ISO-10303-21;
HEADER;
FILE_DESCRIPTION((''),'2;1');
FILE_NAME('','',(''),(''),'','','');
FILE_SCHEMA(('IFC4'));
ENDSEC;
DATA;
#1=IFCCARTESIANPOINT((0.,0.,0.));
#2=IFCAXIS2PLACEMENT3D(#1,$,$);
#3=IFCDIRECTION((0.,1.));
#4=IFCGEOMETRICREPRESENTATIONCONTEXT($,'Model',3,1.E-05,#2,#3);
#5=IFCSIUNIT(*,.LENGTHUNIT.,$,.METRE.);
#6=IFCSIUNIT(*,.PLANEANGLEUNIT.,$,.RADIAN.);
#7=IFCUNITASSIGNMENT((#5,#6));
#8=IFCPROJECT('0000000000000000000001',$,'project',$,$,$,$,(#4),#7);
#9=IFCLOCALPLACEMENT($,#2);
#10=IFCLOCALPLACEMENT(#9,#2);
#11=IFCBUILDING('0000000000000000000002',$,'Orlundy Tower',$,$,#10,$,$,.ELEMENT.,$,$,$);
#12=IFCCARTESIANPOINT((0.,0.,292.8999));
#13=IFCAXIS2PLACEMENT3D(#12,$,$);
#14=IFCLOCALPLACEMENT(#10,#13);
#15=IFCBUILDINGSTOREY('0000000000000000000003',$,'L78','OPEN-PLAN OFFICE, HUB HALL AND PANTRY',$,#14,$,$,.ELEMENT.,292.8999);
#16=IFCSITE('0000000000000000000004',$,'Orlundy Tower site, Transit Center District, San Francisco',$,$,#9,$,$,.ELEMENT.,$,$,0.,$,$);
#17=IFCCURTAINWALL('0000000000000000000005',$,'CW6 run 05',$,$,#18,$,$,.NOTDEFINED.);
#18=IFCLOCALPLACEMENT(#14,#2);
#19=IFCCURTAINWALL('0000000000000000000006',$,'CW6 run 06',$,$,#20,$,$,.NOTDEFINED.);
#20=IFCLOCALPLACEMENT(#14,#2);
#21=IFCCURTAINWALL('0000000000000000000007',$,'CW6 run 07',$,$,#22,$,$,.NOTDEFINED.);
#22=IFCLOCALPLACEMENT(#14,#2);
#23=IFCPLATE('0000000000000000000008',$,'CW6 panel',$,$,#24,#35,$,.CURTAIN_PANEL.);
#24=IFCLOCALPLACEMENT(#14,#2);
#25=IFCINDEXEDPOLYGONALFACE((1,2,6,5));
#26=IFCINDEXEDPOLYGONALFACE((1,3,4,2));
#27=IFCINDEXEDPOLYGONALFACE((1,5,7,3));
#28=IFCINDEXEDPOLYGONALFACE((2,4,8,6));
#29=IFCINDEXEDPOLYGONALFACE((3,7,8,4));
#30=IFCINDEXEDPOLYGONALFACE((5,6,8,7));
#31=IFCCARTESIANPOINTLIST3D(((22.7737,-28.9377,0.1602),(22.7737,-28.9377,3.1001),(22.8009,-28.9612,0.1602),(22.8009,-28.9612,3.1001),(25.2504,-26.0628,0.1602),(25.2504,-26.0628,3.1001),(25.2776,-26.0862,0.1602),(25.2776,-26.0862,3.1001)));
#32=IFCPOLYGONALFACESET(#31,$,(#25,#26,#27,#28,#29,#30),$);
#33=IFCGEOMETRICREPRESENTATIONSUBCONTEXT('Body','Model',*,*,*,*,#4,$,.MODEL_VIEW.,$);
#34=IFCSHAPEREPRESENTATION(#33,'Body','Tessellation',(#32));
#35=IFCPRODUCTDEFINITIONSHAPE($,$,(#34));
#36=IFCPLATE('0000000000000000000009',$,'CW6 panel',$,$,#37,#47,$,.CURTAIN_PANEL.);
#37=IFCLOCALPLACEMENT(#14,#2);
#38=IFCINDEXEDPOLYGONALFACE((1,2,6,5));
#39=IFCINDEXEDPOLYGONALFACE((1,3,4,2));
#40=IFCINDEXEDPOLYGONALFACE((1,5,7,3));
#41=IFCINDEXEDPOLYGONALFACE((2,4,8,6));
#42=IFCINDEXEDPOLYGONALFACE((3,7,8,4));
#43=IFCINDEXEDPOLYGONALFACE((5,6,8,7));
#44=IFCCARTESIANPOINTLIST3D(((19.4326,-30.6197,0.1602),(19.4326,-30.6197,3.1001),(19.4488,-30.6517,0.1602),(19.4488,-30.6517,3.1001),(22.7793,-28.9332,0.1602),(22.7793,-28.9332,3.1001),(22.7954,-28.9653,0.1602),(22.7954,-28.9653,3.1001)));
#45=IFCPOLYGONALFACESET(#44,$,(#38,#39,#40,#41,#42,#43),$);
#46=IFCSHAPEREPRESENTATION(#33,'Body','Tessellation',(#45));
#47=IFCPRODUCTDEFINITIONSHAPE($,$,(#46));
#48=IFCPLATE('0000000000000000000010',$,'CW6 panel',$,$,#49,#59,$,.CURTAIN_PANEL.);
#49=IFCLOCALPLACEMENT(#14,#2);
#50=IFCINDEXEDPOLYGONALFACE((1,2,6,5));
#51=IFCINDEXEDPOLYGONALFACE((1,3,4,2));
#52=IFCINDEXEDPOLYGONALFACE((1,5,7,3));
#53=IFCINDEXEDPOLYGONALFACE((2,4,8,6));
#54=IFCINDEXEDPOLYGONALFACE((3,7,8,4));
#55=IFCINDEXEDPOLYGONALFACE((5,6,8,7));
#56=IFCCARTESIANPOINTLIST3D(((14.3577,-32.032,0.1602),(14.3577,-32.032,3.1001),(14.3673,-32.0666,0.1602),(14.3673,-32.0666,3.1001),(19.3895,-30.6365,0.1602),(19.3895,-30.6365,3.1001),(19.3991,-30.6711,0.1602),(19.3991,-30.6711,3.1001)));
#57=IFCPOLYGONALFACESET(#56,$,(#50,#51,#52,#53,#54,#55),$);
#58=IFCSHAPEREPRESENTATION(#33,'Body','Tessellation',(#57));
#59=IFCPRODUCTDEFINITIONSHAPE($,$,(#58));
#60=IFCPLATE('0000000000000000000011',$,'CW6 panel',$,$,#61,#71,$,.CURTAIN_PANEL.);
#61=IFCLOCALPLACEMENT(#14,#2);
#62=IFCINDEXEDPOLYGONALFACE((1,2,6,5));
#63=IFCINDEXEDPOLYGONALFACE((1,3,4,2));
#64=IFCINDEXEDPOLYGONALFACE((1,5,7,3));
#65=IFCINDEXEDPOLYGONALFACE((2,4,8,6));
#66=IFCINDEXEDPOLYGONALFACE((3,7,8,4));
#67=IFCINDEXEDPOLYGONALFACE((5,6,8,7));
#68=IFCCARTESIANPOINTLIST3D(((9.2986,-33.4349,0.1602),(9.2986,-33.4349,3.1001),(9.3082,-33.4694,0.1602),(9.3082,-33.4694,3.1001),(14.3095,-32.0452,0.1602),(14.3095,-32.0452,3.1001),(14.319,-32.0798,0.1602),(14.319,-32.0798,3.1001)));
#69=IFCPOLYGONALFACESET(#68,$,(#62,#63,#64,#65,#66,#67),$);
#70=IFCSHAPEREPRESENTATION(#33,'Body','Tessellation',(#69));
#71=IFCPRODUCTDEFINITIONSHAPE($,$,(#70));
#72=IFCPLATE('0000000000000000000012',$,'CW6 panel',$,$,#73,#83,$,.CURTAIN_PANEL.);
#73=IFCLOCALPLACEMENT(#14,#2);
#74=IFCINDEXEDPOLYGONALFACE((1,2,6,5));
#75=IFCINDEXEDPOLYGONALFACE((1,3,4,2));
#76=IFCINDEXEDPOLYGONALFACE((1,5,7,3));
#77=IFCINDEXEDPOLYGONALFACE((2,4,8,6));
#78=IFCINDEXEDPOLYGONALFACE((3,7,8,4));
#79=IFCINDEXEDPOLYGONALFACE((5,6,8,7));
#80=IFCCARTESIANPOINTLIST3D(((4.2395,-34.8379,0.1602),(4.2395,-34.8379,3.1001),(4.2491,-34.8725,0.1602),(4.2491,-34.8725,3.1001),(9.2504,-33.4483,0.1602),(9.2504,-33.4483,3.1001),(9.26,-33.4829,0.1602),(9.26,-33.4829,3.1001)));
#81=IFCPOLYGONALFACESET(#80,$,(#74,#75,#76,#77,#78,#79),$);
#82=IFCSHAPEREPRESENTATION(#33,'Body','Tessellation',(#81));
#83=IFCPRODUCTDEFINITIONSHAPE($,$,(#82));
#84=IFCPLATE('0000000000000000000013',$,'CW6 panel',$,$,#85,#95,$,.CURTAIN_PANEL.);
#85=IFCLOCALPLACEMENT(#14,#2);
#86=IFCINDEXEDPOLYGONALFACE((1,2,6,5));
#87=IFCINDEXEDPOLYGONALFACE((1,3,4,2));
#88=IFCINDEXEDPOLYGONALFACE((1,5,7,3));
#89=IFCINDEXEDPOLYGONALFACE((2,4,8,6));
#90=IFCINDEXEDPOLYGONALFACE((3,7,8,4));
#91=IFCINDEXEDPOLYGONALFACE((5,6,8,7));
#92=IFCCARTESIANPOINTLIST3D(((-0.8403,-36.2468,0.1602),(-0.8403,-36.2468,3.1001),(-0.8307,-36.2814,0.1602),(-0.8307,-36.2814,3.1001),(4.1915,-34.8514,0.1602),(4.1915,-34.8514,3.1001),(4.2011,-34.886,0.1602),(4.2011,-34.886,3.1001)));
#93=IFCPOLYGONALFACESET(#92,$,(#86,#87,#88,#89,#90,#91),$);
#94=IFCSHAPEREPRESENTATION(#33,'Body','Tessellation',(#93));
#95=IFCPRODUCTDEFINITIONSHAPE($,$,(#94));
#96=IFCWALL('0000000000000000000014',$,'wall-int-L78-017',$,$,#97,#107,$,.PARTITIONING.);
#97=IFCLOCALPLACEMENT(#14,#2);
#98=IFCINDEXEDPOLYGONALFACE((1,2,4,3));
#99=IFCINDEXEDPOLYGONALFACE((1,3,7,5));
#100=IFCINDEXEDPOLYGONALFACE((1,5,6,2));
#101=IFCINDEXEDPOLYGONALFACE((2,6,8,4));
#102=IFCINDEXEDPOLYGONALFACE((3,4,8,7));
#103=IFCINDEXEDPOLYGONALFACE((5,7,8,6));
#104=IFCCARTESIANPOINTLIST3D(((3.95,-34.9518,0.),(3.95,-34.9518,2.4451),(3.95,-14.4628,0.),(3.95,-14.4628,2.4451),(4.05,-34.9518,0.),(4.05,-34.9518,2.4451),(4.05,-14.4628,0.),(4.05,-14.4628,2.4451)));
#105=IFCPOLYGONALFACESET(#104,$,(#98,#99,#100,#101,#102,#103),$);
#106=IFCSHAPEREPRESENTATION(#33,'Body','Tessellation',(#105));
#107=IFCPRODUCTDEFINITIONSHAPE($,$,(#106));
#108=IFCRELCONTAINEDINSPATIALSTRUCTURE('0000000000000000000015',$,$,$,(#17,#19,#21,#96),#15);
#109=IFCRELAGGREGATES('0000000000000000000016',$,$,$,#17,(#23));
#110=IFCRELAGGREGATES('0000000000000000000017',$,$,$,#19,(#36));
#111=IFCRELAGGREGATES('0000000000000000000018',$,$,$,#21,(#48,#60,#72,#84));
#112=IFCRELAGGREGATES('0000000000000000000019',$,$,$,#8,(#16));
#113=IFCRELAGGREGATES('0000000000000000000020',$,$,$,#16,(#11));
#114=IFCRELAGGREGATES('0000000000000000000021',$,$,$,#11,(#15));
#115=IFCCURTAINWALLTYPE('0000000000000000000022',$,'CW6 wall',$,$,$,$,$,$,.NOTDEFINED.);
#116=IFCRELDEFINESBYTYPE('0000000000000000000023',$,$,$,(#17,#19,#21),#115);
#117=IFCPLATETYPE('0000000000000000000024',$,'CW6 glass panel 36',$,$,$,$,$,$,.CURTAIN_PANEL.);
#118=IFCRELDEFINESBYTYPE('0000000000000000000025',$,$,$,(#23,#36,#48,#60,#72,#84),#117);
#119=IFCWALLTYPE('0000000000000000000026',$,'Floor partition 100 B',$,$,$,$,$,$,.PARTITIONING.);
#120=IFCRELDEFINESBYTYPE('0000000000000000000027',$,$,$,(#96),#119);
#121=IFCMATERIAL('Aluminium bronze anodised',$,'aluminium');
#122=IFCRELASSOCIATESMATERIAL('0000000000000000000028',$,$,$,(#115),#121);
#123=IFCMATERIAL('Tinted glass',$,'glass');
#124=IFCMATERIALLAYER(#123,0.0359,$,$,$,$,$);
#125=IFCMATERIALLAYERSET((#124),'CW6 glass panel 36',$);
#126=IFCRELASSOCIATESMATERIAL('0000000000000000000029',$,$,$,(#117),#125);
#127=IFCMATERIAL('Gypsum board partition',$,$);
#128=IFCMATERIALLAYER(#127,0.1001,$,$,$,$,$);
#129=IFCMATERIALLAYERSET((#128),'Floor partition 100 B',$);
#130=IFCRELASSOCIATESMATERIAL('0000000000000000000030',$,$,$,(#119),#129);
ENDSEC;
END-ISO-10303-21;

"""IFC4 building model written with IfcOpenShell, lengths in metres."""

from ifc_helpers import new_model, si_unit, direction, frame, frame_2d, origin, origin_2d, place, context, subcontext, project, spatial, rectangle, extrude, material, layer, layer_set, type_object, element, aggregate, save


model = new_model("IFC4")

# Units and contexts
model_context = context("Model", 3, precision=1e-05, world=origin(), true_north=direction((0.0, 1.0)))
body_context = subcontext(model_context, "Body", "Model", "MODEL_VIEW")
ifc_project = project(units=[si_unit("LENGTHUNIT", "METRE"), si_unit("PLANEANGLEUNIT", "RADIAN")], contexts=[model_context])

# Site, building, storey
site_placement = place(None, origin())
site = spatial("IfcSite", under=ifc_project, at=site_placement, Name="Orlundy Tower site, Transit Center District, San Francisco", CompositionType="ELEMENT", RefElevation=0.0)
building_placement = place(site_placement, origin())
building = spatial("IfcBuilding", under=site, at=building_placement, Name="Orlundy Tower", CompositionType="ELEMENT")
storey_placement = place(building_placement, frame((0.0, 0.0, 292.8999)))
storey = spatial("IfcBuildingStorey", under=building, at=storey_placement, Name="L78", Description="OPEN-PLAN OFFICE, HUB HALL AND PANTRY", CompositionType="ELEMENT", Elevation=292.8999)

# Curtain walls
ifc_material_1 = material(Name="Aluminium bronze anodised", Category="aluminium")
curtain_wall_type = type_object("IfcCurtainWallType", Name="CW6 wall", PredefinedType="NOTDEFINED", material=ifc_material_1)
curtain_wall_1_placement = place(storey_placement, origin())
curtain_wall_1 = element("IfcCurtainWall", 1, at=curtain_wall_1_placement, inside=storey, type_object=curtain_wall_type, Name="CW6 run 05", PredefinedType="NOTDEFINED")
curtain_wall_2_placement = place(storey_placement, origin())
curtain_wall_2 = element("IfcCurtainWall", 2, at=curtain_wall_2_placement, inside=storey, type_object=curtain_wall_type, Name="CW6 run 06", PredefinedType="NOTDEFINED")

# Curtain wall
curtain_wall_3_placement = place(storey_placement, origin())
curtain_wall_3 = element("IfcCurtainWall", 3, at=curtain_wall_3_placement, inside=storey, type_object=curtain_wall_type, Name="CW6 run 07", PredefinedType="NOTDEFINED")

# Plates
ifc_material_2 = material(Name="Tinted glass", Category="glass")
ifc_layer_1 = layer(ifc_material_2, 0.0359)
ifc_layer_set_1 = layer_set([ifc_layer_1], Name="CW6 glass panel 36")
plate_type = type_object("IfcPlateType", Name="CW6 glass panel 36", PredefinedType="CURTAIN_PANEL", material=ifc_layer_set_1)
plate_1_placement = place(storey_placement, frame((24.0256, -27.512, 0.1602), z_axis=(0.0, 0.0, 1.0), x_axis=(-0.652678, -0.757635, 0.0)))
plate_1 = element("IfcPlate", 4, at=plate_1_placement, type_object=plate_type, Name="CW6 panel", PredefinedType="CURTAIN_PANEL", context=body_context, shape_type="SweptSolid", body=[
    extrude(rectangle(XDim=3.7947, YDim=0.0359, at=origin_2d()), origin(), (0.0, 0.0, 1.0), 2.9399),
])
aggregate(curtain_wall_1, [plate_1])
plate_2_placement = place(storey_placement, frame((21.114, -29.7925, 0.1602), z_axis=(0.0, 0.0, 1.0), x_axis=(-0.89302, -0.450017, 0.0)))
plate_2 = element("IfcPlate", 5, at=plate_2_placement, type_object=plate_type, Name="CW6 panel", PredefinedType="CURTAIN_PANEL", context=body_context, shape_type="SweptSolid", body=[
    extrude(rectangle(XDim=3.7476, YDim=0.0359, at=origin_2d()), origin(), (0.0, 0.0, 1.0), 2.9399),
])
aggregate(curtain_wall_2, [plate_2])
plate_3_placement = place(storey_placement, frame((16.8784, -31.3516, 0.1602), z_axis=(0.0, 0.0, 1.0), x_axis=(-0.96363, -0.267241, 0.0)))
plate_3 = element("IfcPlate", 6, at=plate_3_placement, type_object=plate_type, Name="CW6 panel", PredefinedType="CURTAIN_PANEL", context=body_context, shape_type="SweptSolid", body=[
    extrude(rectangle(XDim=5.2217, YDim=0.0359, at=origin_2d()), origin(), (0.0, 0.0, 1.0), 2.9399),
])
plate_4_placement = place(storey_placement, frame((11.8088, -32.7573, 0.1602), z_axis=(0.0, 0.0, 1.0), x_axis=(-0.96363, -0.267241, 0.0)))
plate_4 = element("IfcPlate", 7, at=plate_4_placement, type_object=plate_type, Name="CW6 panel", PredefinedType="CURTAIN_PANEL", context=body_context, shape_type="SweptSolid", body=[
    extrude(rectangle(XDim=5.2, YDim=0.0359, at=origin_2d()), origin(), (0.0, 0.0, 1.0), 2.9399),
])
plate_5_placement = place(storey_placement, frame((6.7498, -34.1604, 0.1602), z_axis=(0.0, 0.0, 1.0), x_axis=(-0.96363, -0.267241, 0.0)))
plate_5 = element("IfcPlate", 8, at=plate_5_placement, type_object=plate_type, Name="CW6 panel", PredefinedType="CURTAIN_PANEL", context=body_context, shape_type="SweptSolid", body=[
    extrude(rectangle(XDim=5.2, YDim=0.0359, at=origin_2d()), origin(), (0.0, 0.0, 1.0), 2.9399),
])
plate_6_placement = place(storey_placement, frame((1.6804, -35.5664, 0.1602), z_axis=(0.0, 0.0, 1.0), x_axis=(-0.96363, -0.267241, 0.0)))
plate_6 = element("IfcPlate", 9, at=plate_6_placement, type_object=plate_type, Name="CW6 panel", PredefinedType="CURTAIN_PANEL", context=body_context, shape_type="SweptSolid", body=[
    extrude(rectangle(XDim=5.2217, YDim=0.0359, at=origin_2d()), origin(), (0.0, 0.0, 1.0), 2.9399),
])
aggregate(curtain_wall_3, [plate_3, plate_4, plate_5, plate_6])

# Wall
ifc_material_3 = material(Name="Gypsum board partition")
ifc_layer_2 = layer(ifc_material_3, 0.1001)
ifc_layer_set_2 = layer_set([ifc_layer_2], Name="Floor partition 100 B")
wall_type = type_object("IfcWallType", Name="Floor partition 100 B", PredefinedType="PARTITIONING", material=ifc_layer_set_2)
wall_placement = place(storey_placement, frame((4.0, -34.9519, 0.0), z_axis=(0.0, 0.0, 1.0), x_axis=(0.0, 1.0, 0.0)))
element("IfcWall", 10, at=wall_placement, inside=storey, type_object=wall_type, Name="wall-int-L78-017", PredefinedType="PARTITIONING", context=body_context, shape_type="SweptSolid", body=[
    extrude(rectangle(XDim=20.489, YDim=0.1001, at=frame_2d((10.2446, 0.0))), origin(), (0.0, 0.0, 1.0), 2.4451),
])

save(model, "model.ifc")
